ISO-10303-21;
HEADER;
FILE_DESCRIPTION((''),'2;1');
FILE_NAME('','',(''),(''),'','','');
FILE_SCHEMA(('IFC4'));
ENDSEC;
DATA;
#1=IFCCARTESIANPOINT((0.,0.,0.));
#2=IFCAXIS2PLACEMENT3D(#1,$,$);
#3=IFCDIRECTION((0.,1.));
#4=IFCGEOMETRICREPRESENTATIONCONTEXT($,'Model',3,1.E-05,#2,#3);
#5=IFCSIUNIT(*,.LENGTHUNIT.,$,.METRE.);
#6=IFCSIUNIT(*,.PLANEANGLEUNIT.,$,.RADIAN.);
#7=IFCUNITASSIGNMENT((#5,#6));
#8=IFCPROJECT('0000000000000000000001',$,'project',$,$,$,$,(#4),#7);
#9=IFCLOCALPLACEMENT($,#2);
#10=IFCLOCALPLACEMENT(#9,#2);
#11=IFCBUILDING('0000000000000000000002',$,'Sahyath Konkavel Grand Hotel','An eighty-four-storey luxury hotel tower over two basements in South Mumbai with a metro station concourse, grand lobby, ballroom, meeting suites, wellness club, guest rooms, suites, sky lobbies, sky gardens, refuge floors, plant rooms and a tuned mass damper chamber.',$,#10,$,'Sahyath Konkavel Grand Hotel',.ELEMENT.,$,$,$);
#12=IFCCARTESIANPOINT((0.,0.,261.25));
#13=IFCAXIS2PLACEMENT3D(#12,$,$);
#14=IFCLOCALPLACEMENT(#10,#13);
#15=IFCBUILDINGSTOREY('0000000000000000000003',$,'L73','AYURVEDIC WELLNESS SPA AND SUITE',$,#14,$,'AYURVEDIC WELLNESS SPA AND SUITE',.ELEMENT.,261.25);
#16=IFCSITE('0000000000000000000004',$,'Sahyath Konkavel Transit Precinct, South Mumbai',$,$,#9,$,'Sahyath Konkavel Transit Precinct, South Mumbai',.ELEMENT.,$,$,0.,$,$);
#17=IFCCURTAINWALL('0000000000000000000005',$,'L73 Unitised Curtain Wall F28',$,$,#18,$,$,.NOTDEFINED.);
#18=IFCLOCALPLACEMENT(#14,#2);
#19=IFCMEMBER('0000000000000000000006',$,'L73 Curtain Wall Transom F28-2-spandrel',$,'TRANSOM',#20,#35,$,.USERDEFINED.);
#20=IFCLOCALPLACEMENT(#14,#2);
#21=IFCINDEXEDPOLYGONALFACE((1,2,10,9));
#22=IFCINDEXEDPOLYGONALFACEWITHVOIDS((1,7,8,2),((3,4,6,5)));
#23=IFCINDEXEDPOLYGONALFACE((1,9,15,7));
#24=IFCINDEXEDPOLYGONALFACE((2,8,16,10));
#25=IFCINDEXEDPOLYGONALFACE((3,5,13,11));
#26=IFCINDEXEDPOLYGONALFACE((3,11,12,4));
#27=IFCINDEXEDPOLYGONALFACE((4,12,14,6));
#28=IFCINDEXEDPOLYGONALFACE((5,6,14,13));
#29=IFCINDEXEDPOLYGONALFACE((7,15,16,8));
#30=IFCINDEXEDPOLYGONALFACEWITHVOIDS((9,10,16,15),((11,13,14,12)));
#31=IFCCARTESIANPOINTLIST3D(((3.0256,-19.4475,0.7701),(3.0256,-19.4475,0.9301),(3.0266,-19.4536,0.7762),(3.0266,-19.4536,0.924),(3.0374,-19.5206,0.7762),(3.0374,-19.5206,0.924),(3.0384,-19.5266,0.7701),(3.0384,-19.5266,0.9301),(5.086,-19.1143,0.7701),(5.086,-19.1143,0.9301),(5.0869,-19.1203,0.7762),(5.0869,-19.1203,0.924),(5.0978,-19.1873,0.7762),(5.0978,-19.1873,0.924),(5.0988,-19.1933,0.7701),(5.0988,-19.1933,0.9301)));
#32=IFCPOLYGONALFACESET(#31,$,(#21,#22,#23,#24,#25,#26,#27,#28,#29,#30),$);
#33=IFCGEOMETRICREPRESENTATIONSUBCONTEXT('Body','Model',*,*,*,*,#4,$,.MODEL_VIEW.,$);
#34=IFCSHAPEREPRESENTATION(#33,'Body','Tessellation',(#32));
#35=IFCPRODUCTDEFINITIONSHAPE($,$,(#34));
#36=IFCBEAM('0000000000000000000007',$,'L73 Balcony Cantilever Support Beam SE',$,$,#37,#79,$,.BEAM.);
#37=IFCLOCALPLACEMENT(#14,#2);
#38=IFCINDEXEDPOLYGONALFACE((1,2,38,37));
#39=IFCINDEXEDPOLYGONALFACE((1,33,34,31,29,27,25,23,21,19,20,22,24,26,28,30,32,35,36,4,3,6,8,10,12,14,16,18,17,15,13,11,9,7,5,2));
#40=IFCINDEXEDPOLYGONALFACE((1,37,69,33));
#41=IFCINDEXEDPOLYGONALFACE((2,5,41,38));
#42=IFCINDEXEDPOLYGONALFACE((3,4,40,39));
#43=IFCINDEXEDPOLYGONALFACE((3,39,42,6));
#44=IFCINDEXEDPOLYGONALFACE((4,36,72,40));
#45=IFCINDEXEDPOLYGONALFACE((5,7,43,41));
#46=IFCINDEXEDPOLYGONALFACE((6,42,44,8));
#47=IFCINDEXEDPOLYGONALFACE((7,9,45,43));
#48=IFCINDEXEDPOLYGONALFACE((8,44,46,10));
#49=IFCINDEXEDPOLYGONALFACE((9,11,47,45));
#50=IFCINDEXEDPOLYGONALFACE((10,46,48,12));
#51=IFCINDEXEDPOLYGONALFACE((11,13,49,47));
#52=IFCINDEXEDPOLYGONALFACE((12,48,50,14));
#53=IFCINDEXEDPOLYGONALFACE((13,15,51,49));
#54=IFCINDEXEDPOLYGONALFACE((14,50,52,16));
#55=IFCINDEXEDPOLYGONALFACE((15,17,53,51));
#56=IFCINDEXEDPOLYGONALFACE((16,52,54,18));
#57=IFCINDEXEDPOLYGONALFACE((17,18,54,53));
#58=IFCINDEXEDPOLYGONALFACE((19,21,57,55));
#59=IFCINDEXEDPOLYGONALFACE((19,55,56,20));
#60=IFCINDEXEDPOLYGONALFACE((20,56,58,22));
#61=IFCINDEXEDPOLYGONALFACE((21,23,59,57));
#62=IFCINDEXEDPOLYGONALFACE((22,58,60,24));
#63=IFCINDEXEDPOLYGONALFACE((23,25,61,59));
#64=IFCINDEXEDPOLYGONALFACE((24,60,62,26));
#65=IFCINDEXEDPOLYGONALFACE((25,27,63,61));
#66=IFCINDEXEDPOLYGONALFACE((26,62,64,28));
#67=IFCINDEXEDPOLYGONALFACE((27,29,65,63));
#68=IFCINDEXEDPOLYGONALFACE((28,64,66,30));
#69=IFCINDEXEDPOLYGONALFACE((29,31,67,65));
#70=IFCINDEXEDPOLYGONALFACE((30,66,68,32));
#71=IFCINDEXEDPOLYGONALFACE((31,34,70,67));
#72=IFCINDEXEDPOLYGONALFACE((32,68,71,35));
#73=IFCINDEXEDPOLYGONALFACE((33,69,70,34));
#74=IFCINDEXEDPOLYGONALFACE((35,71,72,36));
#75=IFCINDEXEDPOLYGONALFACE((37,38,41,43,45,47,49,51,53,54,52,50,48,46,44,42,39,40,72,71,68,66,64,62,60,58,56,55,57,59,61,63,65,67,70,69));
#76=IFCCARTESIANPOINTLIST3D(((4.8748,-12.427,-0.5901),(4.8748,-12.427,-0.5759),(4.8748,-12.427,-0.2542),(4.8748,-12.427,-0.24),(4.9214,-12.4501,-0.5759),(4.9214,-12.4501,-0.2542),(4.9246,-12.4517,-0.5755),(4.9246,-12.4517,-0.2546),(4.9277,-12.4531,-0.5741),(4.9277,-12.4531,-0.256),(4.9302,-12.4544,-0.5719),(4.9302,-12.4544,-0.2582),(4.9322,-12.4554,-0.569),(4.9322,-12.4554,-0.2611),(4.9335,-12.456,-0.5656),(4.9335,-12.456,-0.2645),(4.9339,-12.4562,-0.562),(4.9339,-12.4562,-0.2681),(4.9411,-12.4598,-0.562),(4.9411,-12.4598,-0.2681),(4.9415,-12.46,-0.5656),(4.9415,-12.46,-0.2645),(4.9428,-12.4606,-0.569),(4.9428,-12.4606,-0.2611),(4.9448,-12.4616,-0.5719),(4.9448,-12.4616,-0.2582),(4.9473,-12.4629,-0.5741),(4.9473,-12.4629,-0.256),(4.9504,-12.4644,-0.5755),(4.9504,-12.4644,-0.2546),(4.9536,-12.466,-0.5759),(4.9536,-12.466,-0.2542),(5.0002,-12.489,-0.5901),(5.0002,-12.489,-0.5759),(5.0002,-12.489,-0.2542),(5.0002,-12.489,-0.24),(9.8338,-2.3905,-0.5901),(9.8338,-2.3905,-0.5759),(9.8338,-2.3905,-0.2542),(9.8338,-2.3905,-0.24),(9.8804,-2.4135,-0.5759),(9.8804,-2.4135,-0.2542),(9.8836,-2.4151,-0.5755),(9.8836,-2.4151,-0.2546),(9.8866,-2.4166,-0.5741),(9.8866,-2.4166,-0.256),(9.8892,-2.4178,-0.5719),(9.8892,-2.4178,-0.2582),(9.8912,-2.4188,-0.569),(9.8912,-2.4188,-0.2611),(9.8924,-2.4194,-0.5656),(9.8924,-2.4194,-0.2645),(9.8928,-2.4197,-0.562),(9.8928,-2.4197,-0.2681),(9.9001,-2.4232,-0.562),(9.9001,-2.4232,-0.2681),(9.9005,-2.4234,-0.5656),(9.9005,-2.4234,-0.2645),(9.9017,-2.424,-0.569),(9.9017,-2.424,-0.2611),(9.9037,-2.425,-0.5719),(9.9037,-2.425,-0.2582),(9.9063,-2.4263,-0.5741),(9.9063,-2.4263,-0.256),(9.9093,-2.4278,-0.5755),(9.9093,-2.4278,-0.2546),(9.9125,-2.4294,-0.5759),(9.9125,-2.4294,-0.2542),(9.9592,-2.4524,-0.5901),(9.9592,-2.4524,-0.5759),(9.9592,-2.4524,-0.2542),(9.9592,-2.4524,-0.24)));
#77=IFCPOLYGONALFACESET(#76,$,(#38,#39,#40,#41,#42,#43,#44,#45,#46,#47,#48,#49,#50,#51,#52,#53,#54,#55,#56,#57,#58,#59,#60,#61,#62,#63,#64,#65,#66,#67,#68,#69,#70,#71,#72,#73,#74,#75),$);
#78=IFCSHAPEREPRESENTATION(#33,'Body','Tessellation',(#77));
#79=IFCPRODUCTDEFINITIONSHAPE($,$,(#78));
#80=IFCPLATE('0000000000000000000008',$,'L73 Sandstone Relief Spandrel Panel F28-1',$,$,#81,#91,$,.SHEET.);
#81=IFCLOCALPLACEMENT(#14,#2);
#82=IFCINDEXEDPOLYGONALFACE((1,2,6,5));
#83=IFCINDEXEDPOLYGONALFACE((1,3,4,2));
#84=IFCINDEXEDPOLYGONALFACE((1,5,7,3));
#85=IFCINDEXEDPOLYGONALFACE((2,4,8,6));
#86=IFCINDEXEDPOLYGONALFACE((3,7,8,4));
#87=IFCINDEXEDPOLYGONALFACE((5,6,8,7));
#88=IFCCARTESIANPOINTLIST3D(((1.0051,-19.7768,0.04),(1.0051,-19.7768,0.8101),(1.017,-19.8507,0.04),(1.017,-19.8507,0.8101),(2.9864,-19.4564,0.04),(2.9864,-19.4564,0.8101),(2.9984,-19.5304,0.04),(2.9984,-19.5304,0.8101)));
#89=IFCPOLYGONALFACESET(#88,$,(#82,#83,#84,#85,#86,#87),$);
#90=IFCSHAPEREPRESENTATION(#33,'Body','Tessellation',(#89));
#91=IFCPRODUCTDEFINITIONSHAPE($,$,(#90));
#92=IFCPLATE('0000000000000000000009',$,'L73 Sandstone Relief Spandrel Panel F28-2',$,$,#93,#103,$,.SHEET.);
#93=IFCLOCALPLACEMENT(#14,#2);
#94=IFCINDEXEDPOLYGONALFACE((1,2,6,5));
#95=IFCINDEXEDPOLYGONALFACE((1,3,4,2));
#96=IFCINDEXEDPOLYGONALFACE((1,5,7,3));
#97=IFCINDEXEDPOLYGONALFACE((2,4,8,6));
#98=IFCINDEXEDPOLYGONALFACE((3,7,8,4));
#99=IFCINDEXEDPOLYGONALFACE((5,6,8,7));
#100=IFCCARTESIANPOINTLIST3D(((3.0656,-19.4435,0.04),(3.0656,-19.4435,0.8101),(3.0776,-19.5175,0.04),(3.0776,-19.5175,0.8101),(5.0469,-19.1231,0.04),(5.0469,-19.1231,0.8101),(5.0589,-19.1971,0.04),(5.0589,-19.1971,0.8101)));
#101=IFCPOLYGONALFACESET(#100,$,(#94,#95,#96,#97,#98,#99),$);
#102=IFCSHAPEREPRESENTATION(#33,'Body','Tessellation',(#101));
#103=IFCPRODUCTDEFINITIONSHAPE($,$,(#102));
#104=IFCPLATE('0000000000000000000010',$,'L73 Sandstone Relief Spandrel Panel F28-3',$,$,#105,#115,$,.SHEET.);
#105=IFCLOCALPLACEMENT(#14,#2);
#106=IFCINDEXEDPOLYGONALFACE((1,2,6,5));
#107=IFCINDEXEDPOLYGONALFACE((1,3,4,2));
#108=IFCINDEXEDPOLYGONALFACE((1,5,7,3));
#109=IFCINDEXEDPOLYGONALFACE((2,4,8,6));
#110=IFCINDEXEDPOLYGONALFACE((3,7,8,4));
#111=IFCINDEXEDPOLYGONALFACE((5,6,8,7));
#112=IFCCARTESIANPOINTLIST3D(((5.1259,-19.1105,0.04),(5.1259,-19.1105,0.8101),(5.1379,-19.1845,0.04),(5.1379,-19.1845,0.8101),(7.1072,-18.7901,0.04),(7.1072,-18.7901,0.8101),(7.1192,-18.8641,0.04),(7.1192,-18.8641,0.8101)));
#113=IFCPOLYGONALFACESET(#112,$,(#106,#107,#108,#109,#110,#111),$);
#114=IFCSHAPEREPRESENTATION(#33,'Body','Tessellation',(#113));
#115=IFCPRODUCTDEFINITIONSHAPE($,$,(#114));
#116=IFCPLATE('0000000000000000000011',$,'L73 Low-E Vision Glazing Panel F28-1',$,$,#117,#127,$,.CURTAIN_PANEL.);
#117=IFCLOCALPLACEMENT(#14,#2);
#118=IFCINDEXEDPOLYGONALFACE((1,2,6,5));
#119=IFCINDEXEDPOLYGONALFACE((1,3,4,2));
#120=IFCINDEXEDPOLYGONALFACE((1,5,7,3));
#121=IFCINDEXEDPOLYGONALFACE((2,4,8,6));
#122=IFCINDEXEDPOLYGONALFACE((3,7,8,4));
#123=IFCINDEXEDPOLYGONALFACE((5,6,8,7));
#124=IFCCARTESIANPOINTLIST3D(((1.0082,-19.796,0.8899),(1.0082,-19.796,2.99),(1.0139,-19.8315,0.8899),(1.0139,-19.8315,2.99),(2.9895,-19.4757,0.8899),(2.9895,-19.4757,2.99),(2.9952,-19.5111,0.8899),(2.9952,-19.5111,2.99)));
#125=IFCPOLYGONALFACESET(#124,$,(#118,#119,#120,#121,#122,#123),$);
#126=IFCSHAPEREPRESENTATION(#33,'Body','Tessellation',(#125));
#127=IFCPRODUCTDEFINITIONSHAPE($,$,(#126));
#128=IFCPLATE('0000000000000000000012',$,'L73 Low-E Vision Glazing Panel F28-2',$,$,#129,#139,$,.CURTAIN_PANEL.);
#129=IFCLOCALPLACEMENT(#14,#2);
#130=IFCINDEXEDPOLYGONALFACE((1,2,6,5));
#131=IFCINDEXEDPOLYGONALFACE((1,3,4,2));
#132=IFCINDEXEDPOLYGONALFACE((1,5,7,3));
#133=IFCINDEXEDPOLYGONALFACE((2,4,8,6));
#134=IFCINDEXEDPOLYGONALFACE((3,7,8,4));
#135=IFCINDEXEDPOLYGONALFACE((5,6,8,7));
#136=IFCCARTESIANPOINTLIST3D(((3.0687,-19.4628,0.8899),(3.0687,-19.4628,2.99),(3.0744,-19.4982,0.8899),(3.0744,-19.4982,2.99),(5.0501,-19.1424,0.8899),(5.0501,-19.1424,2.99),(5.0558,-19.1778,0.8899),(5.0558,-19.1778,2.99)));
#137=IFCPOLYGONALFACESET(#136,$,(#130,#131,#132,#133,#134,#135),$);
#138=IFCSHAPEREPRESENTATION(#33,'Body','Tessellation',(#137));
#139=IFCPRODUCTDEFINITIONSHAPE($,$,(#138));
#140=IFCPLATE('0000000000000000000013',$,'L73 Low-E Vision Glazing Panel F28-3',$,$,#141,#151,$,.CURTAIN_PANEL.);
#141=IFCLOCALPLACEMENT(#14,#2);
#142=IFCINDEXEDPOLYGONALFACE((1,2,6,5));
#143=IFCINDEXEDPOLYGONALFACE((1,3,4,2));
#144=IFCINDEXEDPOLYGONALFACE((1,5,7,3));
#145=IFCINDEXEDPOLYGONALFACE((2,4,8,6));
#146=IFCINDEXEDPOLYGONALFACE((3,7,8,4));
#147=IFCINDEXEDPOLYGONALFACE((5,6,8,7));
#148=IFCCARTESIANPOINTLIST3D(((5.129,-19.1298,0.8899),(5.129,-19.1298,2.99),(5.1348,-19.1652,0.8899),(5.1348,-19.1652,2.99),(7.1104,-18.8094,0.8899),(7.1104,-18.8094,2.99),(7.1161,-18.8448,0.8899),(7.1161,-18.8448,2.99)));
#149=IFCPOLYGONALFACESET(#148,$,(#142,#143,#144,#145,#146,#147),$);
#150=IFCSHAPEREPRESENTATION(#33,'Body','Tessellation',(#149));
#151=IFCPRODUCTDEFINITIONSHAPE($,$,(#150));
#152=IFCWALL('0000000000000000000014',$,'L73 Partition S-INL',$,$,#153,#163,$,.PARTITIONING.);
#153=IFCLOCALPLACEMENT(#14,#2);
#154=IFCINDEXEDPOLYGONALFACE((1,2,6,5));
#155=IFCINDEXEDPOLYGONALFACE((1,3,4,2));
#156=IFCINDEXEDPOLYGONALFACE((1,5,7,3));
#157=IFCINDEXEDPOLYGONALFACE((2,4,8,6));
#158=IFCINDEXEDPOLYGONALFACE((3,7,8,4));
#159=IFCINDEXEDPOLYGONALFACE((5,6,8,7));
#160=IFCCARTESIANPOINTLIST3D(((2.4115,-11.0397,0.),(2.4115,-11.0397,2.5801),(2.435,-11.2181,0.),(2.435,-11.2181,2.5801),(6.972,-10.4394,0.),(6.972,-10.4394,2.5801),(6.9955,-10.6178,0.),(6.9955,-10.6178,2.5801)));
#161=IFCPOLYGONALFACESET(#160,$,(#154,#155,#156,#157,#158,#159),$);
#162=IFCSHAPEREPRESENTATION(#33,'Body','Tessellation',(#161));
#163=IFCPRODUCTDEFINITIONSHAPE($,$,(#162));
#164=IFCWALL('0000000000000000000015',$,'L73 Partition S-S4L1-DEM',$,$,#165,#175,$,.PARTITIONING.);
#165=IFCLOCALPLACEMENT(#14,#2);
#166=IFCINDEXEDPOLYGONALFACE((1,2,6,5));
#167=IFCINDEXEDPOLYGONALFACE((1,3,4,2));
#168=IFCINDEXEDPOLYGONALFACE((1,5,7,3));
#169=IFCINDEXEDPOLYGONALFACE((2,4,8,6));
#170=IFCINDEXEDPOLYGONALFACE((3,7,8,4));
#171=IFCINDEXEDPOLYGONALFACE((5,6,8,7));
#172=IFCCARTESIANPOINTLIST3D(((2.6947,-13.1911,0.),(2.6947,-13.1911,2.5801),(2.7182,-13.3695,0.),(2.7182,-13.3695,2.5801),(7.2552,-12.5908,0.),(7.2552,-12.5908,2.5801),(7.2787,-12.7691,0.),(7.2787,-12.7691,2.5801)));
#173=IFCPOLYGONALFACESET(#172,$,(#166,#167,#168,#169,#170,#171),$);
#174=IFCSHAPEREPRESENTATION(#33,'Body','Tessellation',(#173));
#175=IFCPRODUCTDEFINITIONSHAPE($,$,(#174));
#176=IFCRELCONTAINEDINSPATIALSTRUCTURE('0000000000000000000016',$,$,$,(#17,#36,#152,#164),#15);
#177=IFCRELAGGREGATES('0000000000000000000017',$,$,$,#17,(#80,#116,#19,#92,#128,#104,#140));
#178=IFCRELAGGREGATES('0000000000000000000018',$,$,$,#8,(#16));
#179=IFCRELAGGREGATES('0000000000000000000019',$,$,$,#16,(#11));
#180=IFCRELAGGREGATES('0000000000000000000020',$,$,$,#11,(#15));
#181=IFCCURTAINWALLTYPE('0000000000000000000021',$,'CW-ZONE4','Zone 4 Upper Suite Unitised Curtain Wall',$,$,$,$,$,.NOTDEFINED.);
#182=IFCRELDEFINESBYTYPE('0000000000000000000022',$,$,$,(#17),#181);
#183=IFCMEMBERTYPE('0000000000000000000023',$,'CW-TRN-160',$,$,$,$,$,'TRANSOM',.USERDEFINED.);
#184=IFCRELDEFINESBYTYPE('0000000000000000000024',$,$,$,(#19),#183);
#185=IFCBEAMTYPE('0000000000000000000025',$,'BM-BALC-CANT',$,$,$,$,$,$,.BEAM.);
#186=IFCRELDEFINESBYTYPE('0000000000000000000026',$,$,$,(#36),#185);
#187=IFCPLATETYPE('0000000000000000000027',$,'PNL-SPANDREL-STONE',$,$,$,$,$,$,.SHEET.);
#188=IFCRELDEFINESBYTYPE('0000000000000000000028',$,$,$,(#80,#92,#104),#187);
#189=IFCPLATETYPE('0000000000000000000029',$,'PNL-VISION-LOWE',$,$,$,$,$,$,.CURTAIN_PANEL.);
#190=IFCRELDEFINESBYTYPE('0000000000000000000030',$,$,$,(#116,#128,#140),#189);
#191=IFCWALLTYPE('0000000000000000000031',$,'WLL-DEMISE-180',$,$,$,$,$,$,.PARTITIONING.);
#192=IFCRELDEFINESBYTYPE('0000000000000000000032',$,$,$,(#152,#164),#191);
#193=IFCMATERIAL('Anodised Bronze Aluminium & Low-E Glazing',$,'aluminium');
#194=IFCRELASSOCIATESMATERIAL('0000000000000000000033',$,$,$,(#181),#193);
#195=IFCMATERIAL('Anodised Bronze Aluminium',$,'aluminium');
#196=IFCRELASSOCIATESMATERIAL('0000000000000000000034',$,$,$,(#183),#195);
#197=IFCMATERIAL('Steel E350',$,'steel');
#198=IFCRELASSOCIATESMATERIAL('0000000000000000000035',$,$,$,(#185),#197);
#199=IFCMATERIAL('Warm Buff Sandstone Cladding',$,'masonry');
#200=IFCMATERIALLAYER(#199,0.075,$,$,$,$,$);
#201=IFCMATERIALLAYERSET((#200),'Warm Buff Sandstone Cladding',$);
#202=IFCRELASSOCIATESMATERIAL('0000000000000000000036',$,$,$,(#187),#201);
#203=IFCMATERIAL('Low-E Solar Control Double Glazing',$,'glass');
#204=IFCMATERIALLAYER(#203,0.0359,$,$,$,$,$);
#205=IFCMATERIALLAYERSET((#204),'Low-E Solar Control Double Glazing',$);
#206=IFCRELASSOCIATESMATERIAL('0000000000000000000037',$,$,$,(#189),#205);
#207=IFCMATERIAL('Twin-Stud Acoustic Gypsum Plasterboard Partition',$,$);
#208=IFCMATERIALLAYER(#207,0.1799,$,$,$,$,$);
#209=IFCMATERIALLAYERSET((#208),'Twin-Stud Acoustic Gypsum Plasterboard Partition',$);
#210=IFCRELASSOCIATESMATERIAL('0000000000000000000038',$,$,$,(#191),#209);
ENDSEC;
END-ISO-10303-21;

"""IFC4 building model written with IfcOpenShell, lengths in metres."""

from ifc_helpers import new_model, si_unit, direction, frame, frame_2d, origin, origin_2d, place, context, subcontext, project, spatial, rectangle, hollow_rectangle, i_section, extrude, source, transform, mapped, material, layer, layer_set, material_profile, profile_set, type_object, element, aggregate, save


model = new_model("IFC4")

# Units and contexts
model_context = context("Model", 3, precision=1e-05, world=origin(), true_north=direction((0.0, 1.0)))
body_context = subcontext(model_context, "Body", "Model", "MODEL_VIEW")
ifc_project = project(units=[si_unit("LENGTHUNIT", "METRE"), si_unit("PLANEANGLEUNIT", "RADIAN")], contexts=[model_context])

# Site, building, storey
site_placement = place(None, origin())
site = spatial("IfcSite", under=ifc_project, at=site_placement, Name="Sahyath Konkavel Transit Precinct, South Mumbai", LongName="Sahyath Konkavel Transit Precinct, South Mumbai", CompositionType="ELEMENT", RefElevation=0.0)
building_placement = place(site_placement, origin())
building = spatial("IfcBuilding", under=site, at=building_placement, Name="Sahyath Konkavel Grand Hotel", Description="An eighty-four-storey luxury hotel tower over two basements in South Mumbai with a metro station concourse, grand lobby, ballroom, meeting suites, wellness club, guest rooms, suites, sky lobbies, sky gardens, refuge floors, plant rooms and a tuned mass damper chamber.", LongName="Sahyath Konkavel Grand Hotel", CompositionType="ELEMENT")
storey_placement = place(building_placement, frame((0.0, 0.0, 261.25)))
storey = spatial("IfcBuildingStorey", under=building, at=storey_placement, Name="L73", Description="AYURVEDIC WELLNESS SPA AND SUITE", LongName="AYURVEDIC WELLNESS SPA AND SUITE", CompositionType="ELEMENT", Elevation=261.25)

# Shared definitions
ifc_material_1 = material(Name="Steel E350", Category="steel")

# Curtain wall, member
ifc_material_2 = material(Name="Anodised Bronze Aluminium & Low-E Glazing", Category="aluminium")
curtain_wall_type = type_object("IfcCurtainWallType", Name="CW-ZONE4", Description="Zone 4 Upper Suite Unitised Curtain Wall", PredefinedType="NOTDEFINED", material=ifc_material_2)
curtain_wall_placement = place(storey_placement, origin())
curtain_wall = element("IfcCurtainWall", 1, at=curtain_wall_placement, inside=storey, type_object=curtain_wall_type, Name="L73 Unitised Curtain Wall F28", PredefinedType="NOTDEFINED")
ifc_material_3 = material(Name="Anodised Bronze Aluminium", Category="aluminium")
ifc_material_profile_1 = material_profile(ifc_material_3, hollow_rectangle(XDim=0.0801, YDim=0.1599, WallThickness=0.0061, at=origin_2d()), Name="RHS 160x80x6")
ifc_profile_set_1 = profile_set([ifc_material_profile_1], Name="Anodised Bronze Aluminium")
member_type_1 = type_object("IfcMemberType", Name="CW-TRN-160", ElementType="TRANSOM", PredefinedType="USERDEFINED", material=ifc_profile_set_1)
shared_shape_1 = source(origin(), body_context, "Body", "SweptSolid", [
    extrude(hollow_rectangle(XDim=0.0801, YDim=0.1599, WallThickness=0.0061, at=origin_2d()), origin(), (0.0, 0.0, 1.0), 2.0872),
])
member_1_placement = place(storey_placement, frame((3.032, -19.4871, 0.8501), z_axis=(0.98717, 0.159674, 0.0), x_axis=(-0.159674, 0.98717, 0.0)))
member_1 = element("IfcMember", 2, at=member_1_placement, type_object=member_type_1, Name="L73 Curtain Wall Transom F28-2-spandrel", ObjectType="TRANSOM", PredefinedType="USERDEFINED", context=body_context, shape_type="MappedRepresentation", body=[
    mapped(shared_shape_1, transform((0.0, 0.0, 0.0), scale=1.0)),
])

# Beam
ifc_material_profile_2 = material_profile(ifc_material_1, i_section(OverallWidth=0.1399, OverallDepth=0.3501, WebThickness=0.0081, FlangeThickness=0.0142, FilletRadius=0.0139, at=origin_2d()), Name="ISMB 350")
ifc_profile_set_2 = profile_set([ifc_material_profile_2], Name="Steel E350")
beam_type_1 = type_object("IfcBeamType", Name="BM-BALC-CANT", PredefinedType="BEAM", material=ifc_profile_set_2)
shared_shape_2 = source(origin(), body_context, "Body", "SweptSolid", [
    extrude(i_section(OverallWidth=0.1399, OverallDepth=0.3501, WebThickness=0.0081, FlangeThickness=0.0142, FilletRadius=0.0139, at=origin_2d()), origin(), (0.0, 0.0, 1.0), 11.1948),
])
beam_1_placement = place(storey_placement, frame((4.9375, -12.458, -0.415), z_axis=(0.442969, 0.896537, 0.0), x_axis=(-0.896537, 0.442969, 0.0)))
element("IfcBeam", 3, at=beam_1_placement, inside=storey, type_object=beam_type_1, Name="L73 Balcony Cantilever Support Beam SE", PredefinedType="BEAM", context=body_context, shape_type="MappedRepresentation", body=[
    mapped(shared_shape_2, transform((0.0, 0.0, 0.0), scale=1.0)),
])

# Plates
ifc_material_4 = material(Name="Warm Buff Sandstone Cladding", Category="masonry")
ifc_layer_1 = layer(ifc_material_4, 0.075)
ifc_layer_set_1 = layer_set([ifc_layer_1], Name="Warm Buff Sandstone Cladding")
plate_type_1 = type_object("IfcPlateType", Name="PNL-SPANDREL-STONE", PredefinedType="SHEET", material=ifc_layer_set_1)
shared_shape_3 = source(origin(), body_context, "Body", "SweptSolid", [
    extrude(rectangle(XDim=2.0071, YDim=0.075, at=origin_2d()), origin(), (0.0, 0.0, 1.0), 0.77),
])
plate_1_placement = place(storey_placement, frame((2.0017, -19.6536, 0.04), z_axis=(0.0, 0.0, 1.0), x_axis=(0.987178, 0.159623, 0.0)))
plate_1 = element("IfcPlate", 4, at=plate_1_placement, type_object=plate_type_1, Name="L73 Sandstone Relief Spandrel Panel F28-1", PredefinedType="SHEET", context=body_context, shape_type="MappedRepresentation", body=[
    mapped(shared_shape_3, transform((0.0, 0.0, 0.0), scale=1.0)),
])
plate_2_placement = place(storey_placement, frame((4.0623, -19.3203, 0.04), z_axis=(0.0, 0.0, 1.0), x_axis=(0.987178, 0.159623, 0.0)))
plate_2 = element("IfcPlate", 5, at=plate_2_placement, type_object=plate_type_1, Name="L73 Sandstone Relief Spandrel Panel F28-2", PredefinedType="SHEET", context=body_context, shape_type="MappedRepresentation", body=[
    mapped(shared_shape_3, transform((0.0, 0.0, 0.0), scale=1.0)),
])
plate_3_placement = place(storey_placement, frame((6.1226, -18.9873, 0.04), z_axis=(0.0, 0.0, 1.0), x_axis=(0.987178, 0.159623, 0.0)))
plate_3 = element("IfcPlate", 6, at=plate_3_placement, type_object=plate_type_1, Name="L73 Sandstone Relief Spandrel Panel F28-3", PredefinedType="SHEET", context=body_context, shape_type="MappedRepresentation", body=[
    mapped(shared_shape_3, transform((0.0, 0.0, 0.0), scale=1.0)),
])
ifc_material_5 = material(Name="Low-E Solar Control Double Glazing", Category="glass")
ifc_layer_2 = layer(ifc_material_5, 0.0359)
ifc_layer_set_2 = layer_set([ifc_layer_2], Name="Low-E Solar Control Double Glazing")
plate_type_2 = type_object("IfcPlateType", Name="PNL-VISION-LOWE", PredefinedType="CURTAIN_PANEL", material=ifc_layer_set_2)
shared_shape_4 = source(origin(), body_context, "Body", "SweptSolid", [
    extrude(rectangle(XDim=2.0071, YDim=0.0359, at=origin_2d()), origin(), (0.0, 0.0, 1.0), 2.1001),
])
plate_4_placement = place(storey_placement, frame((2.0017, -19.6536, 0.8899), z_axis=(0.0, 0.0, 1.0), x_axis=(0.987178, 0.159623, 0.0)))
plate_4 = element("IfcPlate", 7, at=plate_4_placement, type_object=plate_type_2, Name="L73 Low-E Vision Glazing Panel F28-1", PredefinedType="CURTAIN_PANEL", context=body_context, shape_type="MappedRepresentation", body=[
    mapped(shared_shape_4, transform((0.0, 0.0, 0.0), scale=1.0)),
])
plate_5_placement = place(storey_placement, frame((4.0623, -19.3203, 0.8899), z_axis=(0.0, 0.0, 1.0), x_axis=(0.987178, 0.159623, 0.0)))
plate_5 = element("IfcPlate", 8, at=plate_5_placement, type_object=plate_type_2, Name="L73 Low-E Vision Glazing Panel F28-2", PredefinedType="CURTAIN_PANEL", context=body_context, shape_type="MappedRepresentation", body=[
    mapped(shared_shape_4, transform((0.0, 0.0, 0.0), scale=1.0)),
])
plate_6_placement = place(storey_placement, frame((6.1226, -18.9873, 0.8899), z_axis=(0.0, 0.0, 1.0), x_axis=(0.987178, 0.159623, 0.0)))
plate_6 = element("IfcPlate", 9, at=plate_6_placement, type_object=plate_type_2, Name="L73 Low-E Vision Glazing Panel F28-3", PredefinedType="CURTAIN_PANEL", context=body_context, shape_type="MappedRepresentation", body=[
    mapped(shared_shape_4, transform((0.0, 0.0, 0.0), scale=1.0)),
])
aggregate(curtain_wall, [plate_1, plate_4, member_1, plate_2, plate_5, plate_3, plate_6])

# Walls
ifc_material_6 = material(Name="Twin-Stud Acoustic Gypsum Plasterboard Partition")
ifc_layer_3 = layer(ifc_material_6, 0.1799)
ifc_layer_set_3 = layer_set([ifc_layer_3], Name="Twin-Stud Acoustic Gypsum Plasterboard Partition")
wall_type_1 = type_object("IfcWallType", Name="WLL-DEMISE-180", PredefinedType="PARTITIONING", material=ifc_layer_set_3)
for number, where, z_axis, x_axis, name in (
    (10, (2.4233, -11.1289, 0.0), (0.0, 0.0, 1.0), (0.991447, 0.130512, 0.0), "L73 Partition S-INL"),
    (11, (2.7065, -13.2803, 0.0), (0.0, 0.0, 1.0), (0.991447, 0.130512, 0.0), "L73 Partition S-S4L1-DEM"),
):
    element("IfcWall", number, at=place(storey_placement, frame(where, z_axis=z_axis, x_axis=x_axis)), inside=storey, type_object=wall_type_1, Name=name, PredefinedType="PARTITIONING", context=body_context, shape_type="SweptSolid", body=[
        extrude(rectangle(XDim=4.5999, YDim=0.1799, at=frame_2d((2.2998, 0.0))), origin(), (0.0, 0.0, 1.0), 2.5801),
    ])

save(model, "model.ifc")
